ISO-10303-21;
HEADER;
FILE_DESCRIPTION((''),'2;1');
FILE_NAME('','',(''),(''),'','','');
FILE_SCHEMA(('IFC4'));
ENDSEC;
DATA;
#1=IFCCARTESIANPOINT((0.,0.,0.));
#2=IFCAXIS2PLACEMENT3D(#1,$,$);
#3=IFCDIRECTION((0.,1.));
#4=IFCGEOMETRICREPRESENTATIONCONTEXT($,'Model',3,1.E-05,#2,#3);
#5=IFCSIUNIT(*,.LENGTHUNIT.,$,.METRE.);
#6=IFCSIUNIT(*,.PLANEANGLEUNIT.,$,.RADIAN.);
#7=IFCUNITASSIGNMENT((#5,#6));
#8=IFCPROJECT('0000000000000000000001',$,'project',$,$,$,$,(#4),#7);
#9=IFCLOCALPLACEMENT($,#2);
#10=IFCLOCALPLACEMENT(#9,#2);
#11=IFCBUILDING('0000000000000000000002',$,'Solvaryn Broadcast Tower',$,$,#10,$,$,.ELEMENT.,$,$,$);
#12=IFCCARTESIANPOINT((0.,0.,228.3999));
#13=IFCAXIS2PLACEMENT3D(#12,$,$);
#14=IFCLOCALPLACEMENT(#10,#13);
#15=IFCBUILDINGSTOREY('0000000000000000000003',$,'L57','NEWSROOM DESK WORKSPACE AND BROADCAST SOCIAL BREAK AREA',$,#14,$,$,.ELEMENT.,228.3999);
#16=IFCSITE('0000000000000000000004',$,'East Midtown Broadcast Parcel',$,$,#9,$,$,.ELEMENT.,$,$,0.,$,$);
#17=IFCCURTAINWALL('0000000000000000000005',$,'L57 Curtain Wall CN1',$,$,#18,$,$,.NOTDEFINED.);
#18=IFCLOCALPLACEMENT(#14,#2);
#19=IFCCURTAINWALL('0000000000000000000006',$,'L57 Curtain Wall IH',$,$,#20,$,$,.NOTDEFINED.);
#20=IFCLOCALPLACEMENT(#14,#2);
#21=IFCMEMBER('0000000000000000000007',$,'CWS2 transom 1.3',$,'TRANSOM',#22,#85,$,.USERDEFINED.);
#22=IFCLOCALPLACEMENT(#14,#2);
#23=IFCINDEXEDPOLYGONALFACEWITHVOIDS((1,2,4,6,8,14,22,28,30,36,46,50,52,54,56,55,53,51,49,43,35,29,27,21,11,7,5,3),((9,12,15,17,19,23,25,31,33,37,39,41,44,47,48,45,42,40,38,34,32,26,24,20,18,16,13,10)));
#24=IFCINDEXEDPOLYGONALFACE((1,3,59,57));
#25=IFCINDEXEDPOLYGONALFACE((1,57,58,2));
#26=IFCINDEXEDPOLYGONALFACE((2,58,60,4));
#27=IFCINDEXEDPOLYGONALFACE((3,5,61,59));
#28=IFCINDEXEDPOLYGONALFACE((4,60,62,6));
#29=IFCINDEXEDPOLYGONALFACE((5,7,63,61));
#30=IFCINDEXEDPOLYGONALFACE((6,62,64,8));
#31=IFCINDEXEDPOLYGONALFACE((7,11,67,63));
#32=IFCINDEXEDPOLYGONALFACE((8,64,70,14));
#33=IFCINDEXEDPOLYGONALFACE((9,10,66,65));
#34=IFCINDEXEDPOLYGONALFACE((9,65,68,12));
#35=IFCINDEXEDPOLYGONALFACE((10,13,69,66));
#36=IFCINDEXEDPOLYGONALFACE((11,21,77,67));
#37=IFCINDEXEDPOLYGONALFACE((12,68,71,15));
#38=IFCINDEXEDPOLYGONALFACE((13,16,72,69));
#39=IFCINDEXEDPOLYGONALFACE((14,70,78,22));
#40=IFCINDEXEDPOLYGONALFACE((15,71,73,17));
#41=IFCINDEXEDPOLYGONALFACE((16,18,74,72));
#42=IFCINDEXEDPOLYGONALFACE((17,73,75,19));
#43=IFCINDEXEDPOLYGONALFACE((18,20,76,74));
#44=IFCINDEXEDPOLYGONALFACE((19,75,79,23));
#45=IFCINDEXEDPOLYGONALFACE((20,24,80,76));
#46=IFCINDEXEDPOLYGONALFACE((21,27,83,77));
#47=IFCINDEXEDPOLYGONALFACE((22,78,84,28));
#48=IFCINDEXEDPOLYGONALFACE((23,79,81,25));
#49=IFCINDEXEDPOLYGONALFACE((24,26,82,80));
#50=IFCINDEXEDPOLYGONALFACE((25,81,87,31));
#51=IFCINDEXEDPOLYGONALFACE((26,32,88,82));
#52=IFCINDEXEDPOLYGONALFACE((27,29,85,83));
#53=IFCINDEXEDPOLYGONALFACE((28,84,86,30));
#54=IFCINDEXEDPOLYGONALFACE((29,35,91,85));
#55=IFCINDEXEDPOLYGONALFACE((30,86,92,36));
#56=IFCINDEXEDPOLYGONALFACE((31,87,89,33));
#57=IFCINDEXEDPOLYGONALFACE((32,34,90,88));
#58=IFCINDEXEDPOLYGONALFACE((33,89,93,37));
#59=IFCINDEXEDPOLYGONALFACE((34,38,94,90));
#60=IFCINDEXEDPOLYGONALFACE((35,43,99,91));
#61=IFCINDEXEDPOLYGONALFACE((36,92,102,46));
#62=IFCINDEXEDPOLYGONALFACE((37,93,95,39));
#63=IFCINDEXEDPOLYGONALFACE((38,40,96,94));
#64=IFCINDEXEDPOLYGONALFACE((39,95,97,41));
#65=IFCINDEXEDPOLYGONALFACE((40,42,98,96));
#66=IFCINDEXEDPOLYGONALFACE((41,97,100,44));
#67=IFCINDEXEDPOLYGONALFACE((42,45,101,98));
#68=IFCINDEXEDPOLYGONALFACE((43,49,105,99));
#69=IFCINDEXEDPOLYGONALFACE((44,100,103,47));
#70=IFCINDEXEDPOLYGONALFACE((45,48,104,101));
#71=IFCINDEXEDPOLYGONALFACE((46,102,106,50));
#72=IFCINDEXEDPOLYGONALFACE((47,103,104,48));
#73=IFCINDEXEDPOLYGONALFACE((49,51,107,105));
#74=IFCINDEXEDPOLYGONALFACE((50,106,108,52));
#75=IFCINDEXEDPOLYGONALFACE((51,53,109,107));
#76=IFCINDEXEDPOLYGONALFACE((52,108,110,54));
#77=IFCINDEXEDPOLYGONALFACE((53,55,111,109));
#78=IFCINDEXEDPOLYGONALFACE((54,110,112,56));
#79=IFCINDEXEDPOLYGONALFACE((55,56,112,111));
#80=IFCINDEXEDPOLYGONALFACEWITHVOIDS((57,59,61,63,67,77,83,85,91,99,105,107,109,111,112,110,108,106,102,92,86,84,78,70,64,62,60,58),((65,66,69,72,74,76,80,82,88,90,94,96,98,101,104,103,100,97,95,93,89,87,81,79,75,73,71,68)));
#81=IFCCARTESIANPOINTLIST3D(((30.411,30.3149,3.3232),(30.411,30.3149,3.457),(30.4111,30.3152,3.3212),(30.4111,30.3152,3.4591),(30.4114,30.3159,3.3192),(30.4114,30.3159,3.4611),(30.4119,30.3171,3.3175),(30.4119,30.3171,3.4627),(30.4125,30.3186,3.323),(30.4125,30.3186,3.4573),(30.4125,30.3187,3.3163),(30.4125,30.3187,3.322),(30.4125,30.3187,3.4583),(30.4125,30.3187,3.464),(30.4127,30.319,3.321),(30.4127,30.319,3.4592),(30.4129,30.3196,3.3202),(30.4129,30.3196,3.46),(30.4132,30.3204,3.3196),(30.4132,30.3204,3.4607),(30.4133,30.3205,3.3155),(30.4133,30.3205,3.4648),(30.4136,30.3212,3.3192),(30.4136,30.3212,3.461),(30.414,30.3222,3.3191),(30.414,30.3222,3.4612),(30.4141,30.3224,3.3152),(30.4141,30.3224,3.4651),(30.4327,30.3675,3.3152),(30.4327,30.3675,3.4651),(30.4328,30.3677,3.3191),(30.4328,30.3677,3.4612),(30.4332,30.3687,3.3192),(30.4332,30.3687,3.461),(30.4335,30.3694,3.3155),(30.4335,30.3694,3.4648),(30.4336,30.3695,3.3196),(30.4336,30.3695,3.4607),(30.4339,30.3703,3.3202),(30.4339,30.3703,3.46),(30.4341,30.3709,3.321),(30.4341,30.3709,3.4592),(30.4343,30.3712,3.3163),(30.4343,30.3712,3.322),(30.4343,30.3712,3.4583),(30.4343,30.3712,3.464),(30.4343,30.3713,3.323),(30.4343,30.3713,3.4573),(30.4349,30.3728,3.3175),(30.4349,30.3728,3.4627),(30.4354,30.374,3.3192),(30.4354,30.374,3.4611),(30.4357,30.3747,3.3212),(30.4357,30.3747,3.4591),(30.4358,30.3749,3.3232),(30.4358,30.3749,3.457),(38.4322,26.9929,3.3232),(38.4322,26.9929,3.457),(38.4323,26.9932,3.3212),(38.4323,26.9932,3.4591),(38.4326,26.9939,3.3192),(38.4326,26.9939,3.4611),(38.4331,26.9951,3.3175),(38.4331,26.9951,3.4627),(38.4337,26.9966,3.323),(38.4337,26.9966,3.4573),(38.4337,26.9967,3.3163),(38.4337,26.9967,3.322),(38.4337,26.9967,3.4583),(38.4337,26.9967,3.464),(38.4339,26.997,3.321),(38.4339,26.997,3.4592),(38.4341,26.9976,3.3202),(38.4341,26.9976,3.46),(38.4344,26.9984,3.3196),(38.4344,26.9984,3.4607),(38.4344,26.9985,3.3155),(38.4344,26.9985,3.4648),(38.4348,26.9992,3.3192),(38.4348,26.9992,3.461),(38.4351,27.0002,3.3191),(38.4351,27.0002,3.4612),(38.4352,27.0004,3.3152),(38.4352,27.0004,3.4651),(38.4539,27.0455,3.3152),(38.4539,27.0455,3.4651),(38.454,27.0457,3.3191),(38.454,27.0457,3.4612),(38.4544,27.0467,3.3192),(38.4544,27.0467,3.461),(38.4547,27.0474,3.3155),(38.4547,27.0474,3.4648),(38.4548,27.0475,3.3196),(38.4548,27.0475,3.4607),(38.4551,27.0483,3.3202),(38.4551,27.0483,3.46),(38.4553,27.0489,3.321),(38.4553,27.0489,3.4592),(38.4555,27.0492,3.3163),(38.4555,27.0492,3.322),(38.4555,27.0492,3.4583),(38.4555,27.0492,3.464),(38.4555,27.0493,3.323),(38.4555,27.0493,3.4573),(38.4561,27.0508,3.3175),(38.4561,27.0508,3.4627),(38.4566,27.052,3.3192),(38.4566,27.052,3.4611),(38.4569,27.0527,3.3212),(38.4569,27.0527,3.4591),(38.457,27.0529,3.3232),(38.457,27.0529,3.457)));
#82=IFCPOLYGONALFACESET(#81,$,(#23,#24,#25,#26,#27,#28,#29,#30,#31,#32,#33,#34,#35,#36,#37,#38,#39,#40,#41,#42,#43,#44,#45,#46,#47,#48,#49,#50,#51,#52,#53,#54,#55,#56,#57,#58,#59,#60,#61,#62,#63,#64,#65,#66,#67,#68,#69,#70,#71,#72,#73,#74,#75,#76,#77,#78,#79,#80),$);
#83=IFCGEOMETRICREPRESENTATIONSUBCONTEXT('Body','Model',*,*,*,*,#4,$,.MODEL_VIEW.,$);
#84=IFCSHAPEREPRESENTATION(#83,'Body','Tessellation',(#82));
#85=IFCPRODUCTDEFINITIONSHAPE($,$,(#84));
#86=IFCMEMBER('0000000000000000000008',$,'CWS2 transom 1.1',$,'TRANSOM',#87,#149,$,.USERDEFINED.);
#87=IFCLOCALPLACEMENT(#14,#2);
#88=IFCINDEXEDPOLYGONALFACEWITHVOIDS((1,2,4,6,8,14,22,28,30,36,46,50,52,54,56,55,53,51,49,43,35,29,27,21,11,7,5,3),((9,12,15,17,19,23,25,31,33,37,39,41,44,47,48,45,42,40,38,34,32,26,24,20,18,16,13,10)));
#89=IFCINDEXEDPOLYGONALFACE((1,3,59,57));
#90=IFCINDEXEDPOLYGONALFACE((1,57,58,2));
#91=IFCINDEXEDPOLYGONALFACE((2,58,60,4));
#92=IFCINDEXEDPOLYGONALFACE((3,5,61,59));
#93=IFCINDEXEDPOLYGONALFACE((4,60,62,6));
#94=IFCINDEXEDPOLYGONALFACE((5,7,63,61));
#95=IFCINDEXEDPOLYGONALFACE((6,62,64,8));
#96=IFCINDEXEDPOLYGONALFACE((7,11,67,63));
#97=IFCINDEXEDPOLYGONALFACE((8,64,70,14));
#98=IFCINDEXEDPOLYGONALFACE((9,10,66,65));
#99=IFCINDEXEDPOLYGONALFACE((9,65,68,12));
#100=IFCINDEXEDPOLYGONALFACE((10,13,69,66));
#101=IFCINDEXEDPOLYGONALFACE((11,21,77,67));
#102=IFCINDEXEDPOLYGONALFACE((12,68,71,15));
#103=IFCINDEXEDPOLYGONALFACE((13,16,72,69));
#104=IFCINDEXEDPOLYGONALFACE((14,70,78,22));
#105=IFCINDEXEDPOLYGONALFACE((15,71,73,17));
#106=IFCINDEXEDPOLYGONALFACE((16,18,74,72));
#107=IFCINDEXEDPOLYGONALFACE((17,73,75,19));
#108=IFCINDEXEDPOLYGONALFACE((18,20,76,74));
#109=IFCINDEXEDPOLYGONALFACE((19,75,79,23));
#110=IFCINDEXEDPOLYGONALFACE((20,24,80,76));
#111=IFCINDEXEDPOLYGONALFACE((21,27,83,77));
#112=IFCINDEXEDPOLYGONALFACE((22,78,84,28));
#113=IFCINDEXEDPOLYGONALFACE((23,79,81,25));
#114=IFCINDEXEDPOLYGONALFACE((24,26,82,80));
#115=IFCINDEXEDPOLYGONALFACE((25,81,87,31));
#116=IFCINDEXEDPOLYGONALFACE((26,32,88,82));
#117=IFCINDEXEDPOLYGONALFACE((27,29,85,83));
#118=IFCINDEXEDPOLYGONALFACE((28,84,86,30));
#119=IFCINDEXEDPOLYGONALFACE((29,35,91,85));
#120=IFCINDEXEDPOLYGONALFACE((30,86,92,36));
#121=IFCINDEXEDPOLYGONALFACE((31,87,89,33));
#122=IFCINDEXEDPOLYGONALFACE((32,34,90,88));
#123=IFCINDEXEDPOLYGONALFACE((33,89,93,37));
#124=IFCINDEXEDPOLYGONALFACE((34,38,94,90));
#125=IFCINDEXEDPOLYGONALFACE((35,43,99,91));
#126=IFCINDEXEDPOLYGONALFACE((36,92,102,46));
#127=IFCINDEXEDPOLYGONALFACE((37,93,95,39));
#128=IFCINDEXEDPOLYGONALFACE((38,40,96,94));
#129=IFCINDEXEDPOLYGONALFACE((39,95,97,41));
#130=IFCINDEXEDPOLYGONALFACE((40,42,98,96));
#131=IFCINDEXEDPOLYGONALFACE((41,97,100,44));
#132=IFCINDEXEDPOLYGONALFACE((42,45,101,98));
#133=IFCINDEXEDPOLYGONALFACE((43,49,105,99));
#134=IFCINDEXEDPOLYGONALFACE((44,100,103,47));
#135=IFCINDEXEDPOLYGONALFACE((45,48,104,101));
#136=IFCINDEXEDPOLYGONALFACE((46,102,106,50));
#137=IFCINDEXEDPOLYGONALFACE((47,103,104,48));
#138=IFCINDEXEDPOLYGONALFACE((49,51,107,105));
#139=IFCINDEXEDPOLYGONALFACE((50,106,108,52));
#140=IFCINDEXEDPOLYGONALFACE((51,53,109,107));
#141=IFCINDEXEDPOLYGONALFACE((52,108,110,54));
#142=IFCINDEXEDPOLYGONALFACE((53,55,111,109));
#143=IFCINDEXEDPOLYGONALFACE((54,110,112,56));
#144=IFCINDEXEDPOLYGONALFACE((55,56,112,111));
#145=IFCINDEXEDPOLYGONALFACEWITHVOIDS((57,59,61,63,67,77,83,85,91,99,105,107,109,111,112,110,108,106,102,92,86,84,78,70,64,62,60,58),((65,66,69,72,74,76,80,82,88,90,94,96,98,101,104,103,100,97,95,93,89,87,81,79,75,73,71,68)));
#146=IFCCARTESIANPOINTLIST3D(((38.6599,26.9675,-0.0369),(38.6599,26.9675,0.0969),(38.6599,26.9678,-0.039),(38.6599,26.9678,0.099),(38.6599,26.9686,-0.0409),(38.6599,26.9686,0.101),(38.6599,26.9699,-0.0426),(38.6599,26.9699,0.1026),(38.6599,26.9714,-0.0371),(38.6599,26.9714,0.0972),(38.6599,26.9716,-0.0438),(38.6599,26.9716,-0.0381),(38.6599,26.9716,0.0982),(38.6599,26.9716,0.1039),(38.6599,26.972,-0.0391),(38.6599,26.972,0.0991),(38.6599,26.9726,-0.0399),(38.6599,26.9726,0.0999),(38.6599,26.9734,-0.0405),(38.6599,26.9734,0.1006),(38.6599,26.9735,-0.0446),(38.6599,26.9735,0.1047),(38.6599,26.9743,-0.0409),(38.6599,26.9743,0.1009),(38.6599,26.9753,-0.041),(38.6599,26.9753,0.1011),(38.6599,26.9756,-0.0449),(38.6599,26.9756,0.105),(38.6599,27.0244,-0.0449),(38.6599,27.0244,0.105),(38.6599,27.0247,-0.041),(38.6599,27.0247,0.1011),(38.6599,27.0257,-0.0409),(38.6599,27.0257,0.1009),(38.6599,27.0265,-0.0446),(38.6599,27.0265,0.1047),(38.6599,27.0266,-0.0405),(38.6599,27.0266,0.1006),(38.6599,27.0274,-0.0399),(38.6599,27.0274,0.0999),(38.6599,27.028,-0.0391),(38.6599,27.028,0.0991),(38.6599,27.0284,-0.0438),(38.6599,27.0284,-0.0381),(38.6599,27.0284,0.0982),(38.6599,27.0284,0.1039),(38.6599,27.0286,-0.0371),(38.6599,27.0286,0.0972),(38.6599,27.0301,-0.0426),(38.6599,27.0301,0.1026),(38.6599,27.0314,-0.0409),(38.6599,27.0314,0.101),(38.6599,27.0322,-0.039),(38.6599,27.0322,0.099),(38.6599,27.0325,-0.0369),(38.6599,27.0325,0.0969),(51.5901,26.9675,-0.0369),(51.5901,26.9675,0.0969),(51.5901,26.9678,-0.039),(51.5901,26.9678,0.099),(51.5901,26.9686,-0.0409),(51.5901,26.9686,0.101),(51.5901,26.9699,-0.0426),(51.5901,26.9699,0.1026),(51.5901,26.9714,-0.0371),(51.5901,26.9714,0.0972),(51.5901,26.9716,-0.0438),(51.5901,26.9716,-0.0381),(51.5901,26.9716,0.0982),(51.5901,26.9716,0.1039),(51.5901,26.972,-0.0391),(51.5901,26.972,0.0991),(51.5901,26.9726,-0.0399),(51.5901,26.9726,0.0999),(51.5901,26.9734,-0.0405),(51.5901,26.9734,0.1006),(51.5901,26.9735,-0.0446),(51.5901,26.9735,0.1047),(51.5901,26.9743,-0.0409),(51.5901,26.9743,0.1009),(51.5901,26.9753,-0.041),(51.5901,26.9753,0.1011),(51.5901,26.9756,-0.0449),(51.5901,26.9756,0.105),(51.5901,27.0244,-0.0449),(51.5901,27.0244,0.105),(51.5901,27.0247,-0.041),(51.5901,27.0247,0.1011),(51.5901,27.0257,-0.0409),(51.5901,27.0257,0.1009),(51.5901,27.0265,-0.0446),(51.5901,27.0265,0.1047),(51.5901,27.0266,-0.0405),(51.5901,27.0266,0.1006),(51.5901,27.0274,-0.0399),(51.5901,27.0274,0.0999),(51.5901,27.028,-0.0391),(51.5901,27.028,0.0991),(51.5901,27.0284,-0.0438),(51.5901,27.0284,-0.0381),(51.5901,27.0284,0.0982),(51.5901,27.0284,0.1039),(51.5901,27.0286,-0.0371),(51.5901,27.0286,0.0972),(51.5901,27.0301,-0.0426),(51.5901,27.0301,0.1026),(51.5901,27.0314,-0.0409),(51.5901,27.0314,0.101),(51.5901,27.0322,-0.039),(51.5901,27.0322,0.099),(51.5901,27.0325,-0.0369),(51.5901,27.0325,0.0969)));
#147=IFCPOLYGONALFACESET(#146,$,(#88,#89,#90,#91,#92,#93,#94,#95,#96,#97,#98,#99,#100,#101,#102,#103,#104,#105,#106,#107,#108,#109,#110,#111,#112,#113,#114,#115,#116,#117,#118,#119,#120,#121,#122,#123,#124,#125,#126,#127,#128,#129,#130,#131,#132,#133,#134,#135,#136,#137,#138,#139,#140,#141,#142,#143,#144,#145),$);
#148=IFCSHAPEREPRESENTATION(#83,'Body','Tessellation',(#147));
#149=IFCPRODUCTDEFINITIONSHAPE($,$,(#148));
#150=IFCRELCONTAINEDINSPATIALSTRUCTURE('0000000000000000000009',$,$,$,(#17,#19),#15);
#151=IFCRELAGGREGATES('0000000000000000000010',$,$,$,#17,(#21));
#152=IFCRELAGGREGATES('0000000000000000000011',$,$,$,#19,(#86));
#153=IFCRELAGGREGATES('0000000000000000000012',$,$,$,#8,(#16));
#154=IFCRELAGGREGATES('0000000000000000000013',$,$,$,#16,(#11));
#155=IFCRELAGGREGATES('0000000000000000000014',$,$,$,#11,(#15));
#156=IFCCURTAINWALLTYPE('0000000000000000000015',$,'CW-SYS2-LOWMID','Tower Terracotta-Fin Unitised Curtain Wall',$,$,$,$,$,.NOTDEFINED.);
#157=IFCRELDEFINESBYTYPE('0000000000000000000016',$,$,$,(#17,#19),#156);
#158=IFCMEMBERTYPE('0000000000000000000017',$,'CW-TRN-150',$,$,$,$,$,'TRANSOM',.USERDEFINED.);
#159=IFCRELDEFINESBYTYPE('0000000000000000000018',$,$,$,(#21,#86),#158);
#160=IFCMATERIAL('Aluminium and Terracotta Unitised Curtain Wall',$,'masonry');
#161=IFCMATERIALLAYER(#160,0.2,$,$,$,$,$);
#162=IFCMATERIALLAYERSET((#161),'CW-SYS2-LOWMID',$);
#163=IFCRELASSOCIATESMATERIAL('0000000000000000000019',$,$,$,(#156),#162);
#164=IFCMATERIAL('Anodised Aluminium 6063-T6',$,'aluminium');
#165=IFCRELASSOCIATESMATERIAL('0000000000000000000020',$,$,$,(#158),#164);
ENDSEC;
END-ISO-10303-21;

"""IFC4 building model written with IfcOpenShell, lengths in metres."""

from ifc_helpers import new_model, si_unit, direction, frame, origin, origin_2d, place, context, subcontext, project, spatial, hollow_rectangle, extrude, material, layer, layer_set, material_profile, profile_set, type_object, element, aggregate, save


model = new_model("IFC4")

# Units and contexts
model_context = context("Model", 3, precision=1e-05, world=origin(), true_north=direction((0.0, 1.0)))
body_context = subcontext(model_context, "Body", "Model", "MODEL_VIEW")
ifc_project = project(units=[si_unit("LENGTHUNIT", "METRE"), si_unit("PLANEANGLEUNIT", "RADIAN")], contexts=[model_context])

# Site, building, storey
site_placement = place(None, origin())
site = spatial("IfcSite", under=ifc_project, at=site_placement, Name="East Midtown Broadcast Parcel", CompositionType="ELEMENT", RefElevation=0.0)
building_placement = place(site_placement, origin())
building = spatial("IfcBuilding", under=site, at=building_placement, Name="Solvaryn Broadcast Tower", CompositionType="ELEMENT")
storey_placement = place(building_placement, frame((0.0, 0.0, 228.3999)))
storey = spatial("IfcBuildingStorey", under=building, at=storey_placement, Name="L57", Description="NEWSROOM DESK WORKSPACE AND BROADCAST SOCIAL BREAK AREA", CompositionType="ELEMENT", Elevation=228.3999)

# Curtain walls
ifc_material_1 = material(Name="Aluminium and Terracotta Unitised Curtain Wall", Category="masonry")
ifc_layer_1 = layer(ifc_material_1, 0.2)
ifc_layer_set_1 = layer_set([ifc_layer_1], Name="CW-SYS2-LOWMID")
curtain_wall_type = type_object("IfcCurtainWallType", Name="CW-SYS2-LOWMID", Description="Tower Terracotta-Fin Unitised Curtain Wall", PredefinedType="NOTDEFINED", material=ifc_layer_set_1)
curtain_wall_1_placement = place(storey_placement, origin())
curtain_wall_1 = element("IfcCurtainWall", 1, at=curtain_wall_1_placement, inside=storey, type_object=curtain_wall_type, Name="L57 Curtain Wall CN1", PredefinedType="NOTDEFINED")
curtain_wall_2_placement = place(storey_placement, origin())
curtain_wall_2 = element("IfcCurtainWall", 2, at=curtain_wall_2_placement, inside=storey, type_object=curtain_wall_type, Name="L57 Curtain Wall IH", PredefinedType="NOTDEFINED")

# Members
ifc_material_2 = material(Name="Anodised Aluminium 6063-T6", Category="aluminium")
ifc_material_profile_1 = material_profile(ifc_material_2, hollow_rectangle(XDim=0.0649, YDim=0.1499, WallThickness=0.0039, InnerFilletRadius=0.0039, OuterFilletRadius=0.0081, at=origin_2d()))
ifc_profile_set_1 = profile_set([ifc_material_profile_1], Name="Anodised Aluminium 6063-T6")
member_type_1 = type_object("IfcMemberType", Name="CW-TRN-150", ElementType="TRANSOM", PredefinedType="USERDEFINED", material=ifc_profile_set_1)
member_1_placement = place(storey_placement, frame((38.4446, 27.0229, 3.3901), z_axis=(-0.923899, 0.382636, 0.0), x_axis=(-0.382636, -0.923899, 0.0)))
member_1 = element("IfcMember", 3, at=member_1_placement, type_object=member_type_1, Name="CWS2 transom 1.3", ObjectType="TRANSOM", PredefinedType="USERDEFINED", context=body_context, shape_type="SweptSolid", body=[
    extrude(hollow_rectangle(XDim=0.0649, YDim=0.1499, WallThickness=0.0039, InnerFilletRadius=0.0039, OuterFilletRadius=0.0081, at=origin_2d()), origin(), (0.0, 0.0, 1.0), 8.6819),
])
aggregate(curtain_wall_1, [member_1])
member_2_placement = place(storey_placement, frame((38.6599, 27.0, 0.03), z_axis=(1.0, 0.0, 0.0), x_axis=(0.0, 1.0, 0.0)))
member_2 = element("IfcMember", 4, at=member_2_placement, type_object=member_type_1, Name="CWS2 transom 1.1", ObjectType="TRANSOM", PredefinedType="USERDEFINED", context=body_context, shape_type="SweptSolid", body=[
    extrude(hollow_rectangle(XDim=0.0649, YDim=0.1499, WallThickness=0.0039, InnerFilletRadius=0.0039, OuterFilletRadius=0.0081, at=origin_2d()), origin(), (0.0, 0.0, 1.0), 12.9302),
])
aggregate(curtain_wall_2, [member_2])

save(model, "model.ifc")
